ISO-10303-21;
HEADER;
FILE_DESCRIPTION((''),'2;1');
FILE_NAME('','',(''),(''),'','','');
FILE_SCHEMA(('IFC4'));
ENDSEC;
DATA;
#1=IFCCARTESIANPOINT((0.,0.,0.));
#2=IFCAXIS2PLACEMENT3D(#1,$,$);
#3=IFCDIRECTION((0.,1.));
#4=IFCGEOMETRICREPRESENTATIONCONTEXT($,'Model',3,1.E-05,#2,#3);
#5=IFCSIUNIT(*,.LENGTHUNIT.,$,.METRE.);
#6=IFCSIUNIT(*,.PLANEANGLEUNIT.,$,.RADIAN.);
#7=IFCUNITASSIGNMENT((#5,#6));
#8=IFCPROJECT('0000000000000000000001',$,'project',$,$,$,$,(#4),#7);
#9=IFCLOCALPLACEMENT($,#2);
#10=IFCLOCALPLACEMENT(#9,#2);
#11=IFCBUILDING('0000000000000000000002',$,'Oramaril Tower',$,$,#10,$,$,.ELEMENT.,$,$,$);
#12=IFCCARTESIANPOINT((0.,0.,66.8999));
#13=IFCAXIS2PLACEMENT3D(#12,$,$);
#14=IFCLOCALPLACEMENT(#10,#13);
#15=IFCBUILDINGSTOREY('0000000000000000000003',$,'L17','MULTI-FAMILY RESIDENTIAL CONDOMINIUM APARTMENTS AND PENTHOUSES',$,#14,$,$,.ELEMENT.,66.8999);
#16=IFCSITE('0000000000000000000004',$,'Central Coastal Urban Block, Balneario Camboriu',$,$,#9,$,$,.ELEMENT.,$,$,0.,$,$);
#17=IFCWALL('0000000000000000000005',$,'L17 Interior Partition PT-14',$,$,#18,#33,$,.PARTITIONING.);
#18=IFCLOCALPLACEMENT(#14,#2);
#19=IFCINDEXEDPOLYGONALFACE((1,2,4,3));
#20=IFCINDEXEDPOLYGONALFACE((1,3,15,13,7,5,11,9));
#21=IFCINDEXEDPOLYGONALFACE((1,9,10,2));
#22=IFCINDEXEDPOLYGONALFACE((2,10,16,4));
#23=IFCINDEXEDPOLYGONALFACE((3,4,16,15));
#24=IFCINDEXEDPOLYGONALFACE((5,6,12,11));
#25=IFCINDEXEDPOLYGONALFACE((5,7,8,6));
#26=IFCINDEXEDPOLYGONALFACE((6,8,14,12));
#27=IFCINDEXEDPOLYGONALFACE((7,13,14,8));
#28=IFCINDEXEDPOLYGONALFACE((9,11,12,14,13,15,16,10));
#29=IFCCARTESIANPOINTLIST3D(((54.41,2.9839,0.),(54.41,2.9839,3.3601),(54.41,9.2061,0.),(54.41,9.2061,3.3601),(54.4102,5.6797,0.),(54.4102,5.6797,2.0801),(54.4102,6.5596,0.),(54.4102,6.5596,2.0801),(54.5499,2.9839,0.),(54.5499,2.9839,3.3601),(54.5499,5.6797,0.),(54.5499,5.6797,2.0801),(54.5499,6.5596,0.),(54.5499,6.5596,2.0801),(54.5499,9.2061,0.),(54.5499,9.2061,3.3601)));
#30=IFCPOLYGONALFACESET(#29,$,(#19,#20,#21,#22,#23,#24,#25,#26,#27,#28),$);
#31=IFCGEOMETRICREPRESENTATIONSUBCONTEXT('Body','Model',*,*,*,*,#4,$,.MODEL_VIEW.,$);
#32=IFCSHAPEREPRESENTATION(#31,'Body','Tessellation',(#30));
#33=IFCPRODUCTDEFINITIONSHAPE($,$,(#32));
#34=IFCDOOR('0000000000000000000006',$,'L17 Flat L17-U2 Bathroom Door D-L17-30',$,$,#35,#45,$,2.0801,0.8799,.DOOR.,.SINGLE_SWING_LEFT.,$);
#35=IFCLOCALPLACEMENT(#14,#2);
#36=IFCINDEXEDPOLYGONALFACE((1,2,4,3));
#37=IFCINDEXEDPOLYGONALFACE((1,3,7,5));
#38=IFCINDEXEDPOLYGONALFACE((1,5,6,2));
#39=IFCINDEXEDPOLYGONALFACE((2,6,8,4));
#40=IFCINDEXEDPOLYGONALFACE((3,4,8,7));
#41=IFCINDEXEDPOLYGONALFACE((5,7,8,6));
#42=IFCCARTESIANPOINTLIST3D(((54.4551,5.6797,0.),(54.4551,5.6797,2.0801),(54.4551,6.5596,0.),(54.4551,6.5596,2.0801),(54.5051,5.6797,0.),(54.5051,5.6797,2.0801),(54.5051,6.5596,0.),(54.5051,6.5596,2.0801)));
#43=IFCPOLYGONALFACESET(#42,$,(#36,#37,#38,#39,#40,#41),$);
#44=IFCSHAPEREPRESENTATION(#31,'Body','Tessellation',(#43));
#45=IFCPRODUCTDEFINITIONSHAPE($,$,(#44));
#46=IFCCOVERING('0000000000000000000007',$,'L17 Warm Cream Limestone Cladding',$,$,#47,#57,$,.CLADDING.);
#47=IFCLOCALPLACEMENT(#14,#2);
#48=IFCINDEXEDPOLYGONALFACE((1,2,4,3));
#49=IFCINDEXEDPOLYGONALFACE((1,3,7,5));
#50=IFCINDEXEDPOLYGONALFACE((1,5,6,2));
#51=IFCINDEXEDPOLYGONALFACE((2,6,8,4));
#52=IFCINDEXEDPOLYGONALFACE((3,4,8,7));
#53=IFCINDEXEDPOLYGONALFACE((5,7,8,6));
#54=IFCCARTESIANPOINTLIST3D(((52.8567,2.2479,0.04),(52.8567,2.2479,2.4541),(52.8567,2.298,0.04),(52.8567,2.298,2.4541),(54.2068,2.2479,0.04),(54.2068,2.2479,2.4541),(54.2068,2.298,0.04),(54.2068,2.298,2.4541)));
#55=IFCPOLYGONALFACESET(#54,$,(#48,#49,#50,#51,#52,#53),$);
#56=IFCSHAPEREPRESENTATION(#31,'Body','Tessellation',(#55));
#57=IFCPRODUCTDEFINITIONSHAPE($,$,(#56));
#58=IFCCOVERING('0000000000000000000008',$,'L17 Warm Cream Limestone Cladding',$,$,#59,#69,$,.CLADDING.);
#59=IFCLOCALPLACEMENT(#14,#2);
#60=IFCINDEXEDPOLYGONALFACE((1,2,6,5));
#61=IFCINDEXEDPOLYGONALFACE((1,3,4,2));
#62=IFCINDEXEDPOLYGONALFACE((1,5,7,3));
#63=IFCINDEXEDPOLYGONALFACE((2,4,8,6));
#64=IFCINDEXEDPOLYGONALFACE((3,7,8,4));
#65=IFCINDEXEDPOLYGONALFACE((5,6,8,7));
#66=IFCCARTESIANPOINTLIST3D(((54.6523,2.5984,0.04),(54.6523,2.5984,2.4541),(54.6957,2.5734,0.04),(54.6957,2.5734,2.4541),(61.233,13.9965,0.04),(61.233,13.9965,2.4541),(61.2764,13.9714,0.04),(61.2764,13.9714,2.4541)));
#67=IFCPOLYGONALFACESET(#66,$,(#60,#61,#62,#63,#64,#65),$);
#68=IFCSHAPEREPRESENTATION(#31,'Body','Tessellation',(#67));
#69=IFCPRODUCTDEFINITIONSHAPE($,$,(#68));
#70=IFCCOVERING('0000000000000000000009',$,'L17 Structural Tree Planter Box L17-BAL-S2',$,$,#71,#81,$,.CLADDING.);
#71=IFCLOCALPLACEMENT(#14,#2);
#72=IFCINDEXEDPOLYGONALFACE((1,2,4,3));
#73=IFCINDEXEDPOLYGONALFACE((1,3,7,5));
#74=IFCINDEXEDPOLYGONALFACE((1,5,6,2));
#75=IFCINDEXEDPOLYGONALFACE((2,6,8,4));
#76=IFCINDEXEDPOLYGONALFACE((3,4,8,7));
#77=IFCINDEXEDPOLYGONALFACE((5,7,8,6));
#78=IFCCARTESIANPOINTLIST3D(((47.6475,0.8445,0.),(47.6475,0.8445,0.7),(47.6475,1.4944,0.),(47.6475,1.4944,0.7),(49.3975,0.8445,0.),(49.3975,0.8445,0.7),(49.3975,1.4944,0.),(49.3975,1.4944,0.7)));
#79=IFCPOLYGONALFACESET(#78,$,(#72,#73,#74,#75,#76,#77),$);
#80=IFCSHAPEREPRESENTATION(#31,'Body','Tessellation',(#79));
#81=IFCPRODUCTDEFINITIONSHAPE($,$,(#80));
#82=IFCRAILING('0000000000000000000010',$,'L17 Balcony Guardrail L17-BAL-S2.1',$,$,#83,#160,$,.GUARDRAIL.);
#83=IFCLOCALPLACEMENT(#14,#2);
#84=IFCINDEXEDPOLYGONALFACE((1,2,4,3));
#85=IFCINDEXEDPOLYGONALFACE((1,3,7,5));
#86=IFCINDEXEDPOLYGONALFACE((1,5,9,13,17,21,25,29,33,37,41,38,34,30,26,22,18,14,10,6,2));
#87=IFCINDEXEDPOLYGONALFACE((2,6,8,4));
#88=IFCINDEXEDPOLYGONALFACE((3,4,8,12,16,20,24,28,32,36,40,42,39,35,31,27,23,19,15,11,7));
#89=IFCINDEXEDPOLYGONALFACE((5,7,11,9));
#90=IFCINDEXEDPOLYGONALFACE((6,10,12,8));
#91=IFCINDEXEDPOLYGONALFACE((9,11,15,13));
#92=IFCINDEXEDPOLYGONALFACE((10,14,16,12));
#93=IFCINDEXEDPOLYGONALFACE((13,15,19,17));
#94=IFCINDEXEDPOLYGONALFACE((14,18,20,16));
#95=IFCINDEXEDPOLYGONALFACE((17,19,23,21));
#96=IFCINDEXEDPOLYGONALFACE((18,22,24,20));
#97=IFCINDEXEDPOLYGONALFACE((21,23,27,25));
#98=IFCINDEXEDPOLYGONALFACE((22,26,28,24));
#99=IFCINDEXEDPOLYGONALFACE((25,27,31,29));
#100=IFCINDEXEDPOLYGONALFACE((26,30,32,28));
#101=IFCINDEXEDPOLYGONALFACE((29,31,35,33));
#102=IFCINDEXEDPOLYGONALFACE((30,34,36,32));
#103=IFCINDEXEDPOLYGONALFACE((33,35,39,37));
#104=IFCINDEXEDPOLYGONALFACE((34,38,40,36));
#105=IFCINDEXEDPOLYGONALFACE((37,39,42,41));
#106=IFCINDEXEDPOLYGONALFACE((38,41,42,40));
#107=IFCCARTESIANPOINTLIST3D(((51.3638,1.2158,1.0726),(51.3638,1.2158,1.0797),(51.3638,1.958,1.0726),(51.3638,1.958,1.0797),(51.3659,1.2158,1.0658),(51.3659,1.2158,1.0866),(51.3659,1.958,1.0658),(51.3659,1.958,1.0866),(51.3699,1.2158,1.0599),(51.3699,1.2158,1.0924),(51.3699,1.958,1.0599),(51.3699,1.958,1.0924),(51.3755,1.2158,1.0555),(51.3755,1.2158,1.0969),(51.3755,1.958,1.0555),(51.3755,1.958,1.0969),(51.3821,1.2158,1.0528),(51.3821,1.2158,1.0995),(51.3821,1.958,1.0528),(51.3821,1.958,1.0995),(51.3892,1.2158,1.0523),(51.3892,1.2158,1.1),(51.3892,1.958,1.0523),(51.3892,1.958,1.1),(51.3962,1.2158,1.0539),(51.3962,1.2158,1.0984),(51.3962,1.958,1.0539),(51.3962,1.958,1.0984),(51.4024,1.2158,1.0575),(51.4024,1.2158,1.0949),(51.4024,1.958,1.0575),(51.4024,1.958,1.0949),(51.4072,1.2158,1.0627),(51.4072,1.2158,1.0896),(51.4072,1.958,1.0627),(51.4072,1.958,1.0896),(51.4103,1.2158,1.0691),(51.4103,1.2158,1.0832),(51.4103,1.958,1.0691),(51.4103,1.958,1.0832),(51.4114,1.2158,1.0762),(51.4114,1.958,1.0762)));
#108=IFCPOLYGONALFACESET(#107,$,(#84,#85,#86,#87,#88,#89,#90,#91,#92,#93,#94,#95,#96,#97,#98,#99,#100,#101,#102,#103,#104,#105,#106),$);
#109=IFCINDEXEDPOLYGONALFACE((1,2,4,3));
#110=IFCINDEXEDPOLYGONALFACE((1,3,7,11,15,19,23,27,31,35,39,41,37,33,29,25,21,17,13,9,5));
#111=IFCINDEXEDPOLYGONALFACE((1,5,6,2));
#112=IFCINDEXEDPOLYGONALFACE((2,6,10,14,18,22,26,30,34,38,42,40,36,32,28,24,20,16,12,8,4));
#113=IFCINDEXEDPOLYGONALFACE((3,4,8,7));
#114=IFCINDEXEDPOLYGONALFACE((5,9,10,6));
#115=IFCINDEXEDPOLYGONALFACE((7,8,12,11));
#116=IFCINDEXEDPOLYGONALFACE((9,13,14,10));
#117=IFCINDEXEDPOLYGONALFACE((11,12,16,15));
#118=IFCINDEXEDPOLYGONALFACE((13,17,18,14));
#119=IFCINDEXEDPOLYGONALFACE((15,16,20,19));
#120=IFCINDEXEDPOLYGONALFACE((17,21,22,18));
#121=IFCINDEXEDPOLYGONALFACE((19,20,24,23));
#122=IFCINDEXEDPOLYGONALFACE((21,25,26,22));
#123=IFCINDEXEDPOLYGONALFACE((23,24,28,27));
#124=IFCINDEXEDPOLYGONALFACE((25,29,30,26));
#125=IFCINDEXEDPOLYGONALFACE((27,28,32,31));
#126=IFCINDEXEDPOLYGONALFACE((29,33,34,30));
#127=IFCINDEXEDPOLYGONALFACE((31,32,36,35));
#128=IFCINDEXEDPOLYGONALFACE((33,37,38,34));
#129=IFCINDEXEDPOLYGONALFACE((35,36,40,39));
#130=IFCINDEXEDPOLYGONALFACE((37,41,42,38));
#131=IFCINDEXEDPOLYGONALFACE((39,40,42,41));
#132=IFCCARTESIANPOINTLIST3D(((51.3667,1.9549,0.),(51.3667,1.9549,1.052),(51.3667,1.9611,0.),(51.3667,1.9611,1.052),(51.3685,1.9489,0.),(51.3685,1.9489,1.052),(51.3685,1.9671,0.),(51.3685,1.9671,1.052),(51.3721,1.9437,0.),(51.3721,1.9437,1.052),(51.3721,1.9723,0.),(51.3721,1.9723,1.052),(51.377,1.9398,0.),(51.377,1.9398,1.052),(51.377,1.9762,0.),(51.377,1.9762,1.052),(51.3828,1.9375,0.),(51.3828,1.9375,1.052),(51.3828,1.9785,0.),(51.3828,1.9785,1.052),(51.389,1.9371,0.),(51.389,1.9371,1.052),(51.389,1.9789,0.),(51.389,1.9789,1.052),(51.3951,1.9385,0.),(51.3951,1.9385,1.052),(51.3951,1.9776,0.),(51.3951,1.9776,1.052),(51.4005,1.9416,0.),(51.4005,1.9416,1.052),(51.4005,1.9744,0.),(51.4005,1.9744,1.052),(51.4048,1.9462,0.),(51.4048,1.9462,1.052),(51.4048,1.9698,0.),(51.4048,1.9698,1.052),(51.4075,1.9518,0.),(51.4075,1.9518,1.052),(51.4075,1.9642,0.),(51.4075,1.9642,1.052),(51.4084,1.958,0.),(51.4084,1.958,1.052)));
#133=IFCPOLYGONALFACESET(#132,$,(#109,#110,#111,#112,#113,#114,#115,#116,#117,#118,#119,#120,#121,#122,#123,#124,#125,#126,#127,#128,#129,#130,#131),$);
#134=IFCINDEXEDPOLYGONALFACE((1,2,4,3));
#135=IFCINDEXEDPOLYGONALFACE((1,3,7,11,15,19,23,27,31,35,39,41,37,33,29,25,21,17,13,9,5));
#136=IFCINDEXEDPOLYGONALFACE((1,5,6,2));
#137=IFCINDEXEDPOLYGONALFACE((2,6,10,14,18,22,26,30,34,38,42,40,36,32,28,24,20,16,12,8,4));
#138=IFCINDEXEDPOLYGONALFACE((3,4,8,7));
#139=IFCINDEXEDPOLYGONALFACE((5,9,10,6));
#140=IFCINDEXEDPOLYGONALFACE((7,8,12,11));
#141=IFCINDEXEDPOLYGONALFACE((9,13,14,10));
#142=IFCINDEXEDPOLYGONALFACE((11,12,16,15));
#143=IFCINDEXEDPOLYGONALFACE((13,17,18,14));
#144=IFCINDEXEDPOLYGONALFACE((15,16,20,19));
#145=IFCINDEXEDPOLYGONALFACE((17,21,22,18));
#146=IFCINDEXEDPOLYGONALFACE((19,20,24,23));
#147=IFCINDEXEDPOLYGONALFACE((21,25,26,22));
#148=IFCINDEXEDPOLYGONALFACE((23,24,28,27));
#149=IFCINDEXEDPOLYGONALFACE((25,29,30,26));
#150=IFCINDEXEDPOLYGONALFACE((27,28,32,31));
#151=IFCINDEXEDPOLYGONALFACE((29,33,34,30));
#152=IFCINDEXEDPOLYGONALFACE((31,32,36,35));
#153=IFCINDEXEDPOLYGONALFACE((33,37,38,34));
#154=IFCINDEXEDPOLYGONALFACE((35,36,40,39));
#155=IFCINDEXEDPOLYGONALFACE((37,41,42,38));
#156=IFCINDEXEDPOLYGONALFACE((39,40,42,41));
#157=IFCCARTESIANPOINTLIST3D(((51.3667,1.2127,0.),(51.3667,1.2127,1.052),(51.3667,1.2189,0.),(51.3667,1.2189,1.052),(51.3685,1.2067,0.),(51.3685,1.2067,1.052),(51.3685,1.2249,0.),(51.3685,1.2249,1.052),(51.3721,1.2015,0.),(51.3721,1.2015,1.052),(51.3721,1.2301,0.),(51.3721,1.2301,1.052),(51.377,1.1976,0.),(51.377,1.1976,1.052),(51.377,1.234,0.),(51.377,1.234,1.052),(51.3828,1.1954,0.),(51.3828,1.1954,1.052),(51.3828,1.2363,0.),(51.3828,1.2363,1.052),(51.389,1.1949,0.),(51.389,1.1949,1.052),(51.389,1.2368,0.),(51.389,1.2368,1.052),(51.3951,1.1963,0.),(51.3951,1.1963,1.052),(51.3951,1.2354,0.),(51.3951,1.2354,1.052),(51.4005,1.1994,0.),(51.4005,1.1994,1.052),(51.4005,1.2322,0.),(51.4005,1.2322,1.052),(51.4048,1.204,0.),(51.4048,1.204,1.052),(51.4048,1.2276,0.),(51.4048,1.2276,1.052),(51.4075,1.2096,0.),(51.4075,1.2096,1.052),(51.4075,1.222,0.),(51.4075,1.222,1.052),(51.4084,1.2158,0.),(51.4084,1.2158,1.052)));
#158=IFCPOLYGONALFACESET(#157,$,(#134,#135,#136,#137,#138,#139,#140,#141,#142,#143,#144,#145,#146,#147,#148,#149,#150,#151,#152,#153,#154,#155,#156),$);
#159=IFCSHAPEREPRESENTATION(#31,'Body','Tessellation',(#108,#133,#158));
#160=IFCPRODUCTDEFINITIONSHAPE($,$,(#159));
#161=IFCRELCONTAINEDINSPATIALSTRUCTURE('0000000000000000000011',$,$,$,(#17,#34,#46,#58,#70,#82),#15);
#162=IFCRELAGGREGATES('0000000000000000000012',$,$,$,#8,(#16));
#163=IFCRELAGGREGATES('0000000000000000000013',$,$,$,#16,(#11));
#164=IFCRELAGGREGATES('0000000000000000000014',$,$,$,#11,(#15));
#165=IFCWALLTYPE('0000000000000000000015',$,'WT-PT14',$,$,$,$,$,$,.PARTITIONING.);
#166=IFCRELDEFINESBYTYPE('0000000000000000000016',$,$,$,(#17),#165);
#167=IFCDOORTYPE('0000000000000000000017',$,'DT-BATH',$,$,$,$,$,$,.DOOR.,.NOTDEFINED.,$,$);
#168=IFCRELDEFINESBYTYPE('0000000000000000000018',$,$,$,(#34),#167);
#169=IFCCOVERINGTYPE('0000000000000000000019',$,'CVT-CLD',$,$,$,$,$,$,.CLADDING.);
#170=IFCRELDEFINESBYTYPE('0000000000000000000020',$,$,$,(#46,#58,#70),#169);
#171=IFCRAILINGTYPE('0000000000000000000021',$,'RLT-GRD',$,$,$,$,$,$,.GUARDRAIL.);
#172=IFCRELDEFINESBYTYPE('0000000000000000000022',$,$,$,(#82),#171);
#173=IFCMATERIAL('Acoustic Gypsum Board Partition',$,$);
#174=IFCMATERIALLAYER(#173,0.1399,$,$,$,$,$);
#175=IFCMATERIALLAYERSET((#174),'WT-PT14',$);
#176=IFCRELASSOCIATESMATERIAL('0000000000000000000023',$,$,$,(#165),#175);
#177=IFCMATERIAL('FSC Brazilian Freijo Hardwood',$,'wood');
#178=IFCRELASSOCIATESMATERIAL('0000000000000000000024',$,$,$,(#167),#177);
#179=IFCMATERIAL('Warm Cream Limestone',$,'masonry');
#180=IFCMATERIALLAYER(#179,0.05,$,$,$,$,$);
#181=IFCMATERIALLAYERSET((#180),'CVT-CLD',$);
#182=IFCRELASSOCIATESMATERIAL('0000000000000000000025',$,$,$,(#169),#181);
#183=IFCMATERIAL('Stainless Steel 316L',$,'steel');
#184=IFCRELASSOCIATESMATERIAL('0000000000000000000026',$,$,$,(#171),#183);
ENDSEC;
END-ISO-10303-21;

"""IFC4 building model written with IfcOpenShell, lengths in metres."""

from ifc_helpers import new_model, si_unit, direction, frame, frame_2d, origin, origin_2d, place, context, subcontext, project, spatial, rectangle, circle, extrude, material, layer, layer_set, type_object, element, fill, save


model = new_model("IFC4")

# Units and contexts
model_context = context("Model", 3, precision=1e-05, world=origin(), true_north=direction((0.0, 1.0)))
body_context = subcontext(model_context, "Body", "Model", "MODEL_VIEW")
ifc_project = project(units=[si_unit("LENGTHUNIT", "METRE"), si_unit("PLANEANGLEUNIT", "RADIAN")], contexts=[model_context])

# Site, building, storey
site_placement = place(None, origin())
site = spatial("IfcSite", under=ifc_project, at=site_placement, Name="Central Coastal Urban Block, Balneario Camboriu", CompositionType="ELEMENT", RefElevation=0.0)
building_placement = place(site_placement, origin())
building = spatial("IfcBuilding", under=site, at=building_placement, Name="Oramaril Tower", CompositionType="ELEMENT")
storey_placement = place(building_placement, frame((0.0, 0.0, 66.8999)))
storey = spatial("IfcBuildingStorey", under=building, at=storey_placement, Name="L17", Description="MULTI-FAMILY RESIDENTIAL CONDOMINIUM APARTMENTS AND PENTHOUSES", CompositionType="ELEMENT", Elevation=66.8999)

# Wall, opening, door
ifc_material_1 = material(Name="Acoustic Gypsum Board Partition")
ifc_layer_1 = layer(ifc_material_1, 0.1399)
ifc_layer_set_1 = layer_set([ifc_layer_1], Name="WT-PT14")
wall_type_1 = type_object("IfcWallType", Name="WT-PT14", PredefinedType="PARTITIONING", material=ifc_layer_set_1)
wall_1_placement = place(storey_placement, frame((54.48, 2.9839, 0.0), z_axis=(0.0, 0.0, 1.0), x_axis=(0.0, 1.0, 0.0)))
wall_1 = element("IfcWall", 1, at=wall_1_placement, inside=storey, type_object=wall_type_1, Name="L17 Interior Partition PT-14", PredefinedType="PARTITIONING", context=body_context, shape_type="SweptSolid", body=[
    extrude(rectangle(XDim=6.2222, YDim=0.1399, at=frame_2d((3.1111, 0.0))), origin(), (0.0, 0.0, 1.0), 3.3601),
])
opening_1_placement = place(wall_1_placement, frame((2.6958, 0.0, 0.0)))
opening_1 = element("IfcOpeningElement", 2, at=opening_1_placement, cuts=wall_1, PredefinedType="OPENING", context=body_context, shape_type="SweptSolid", body=[
    extrude(rectangle(XDim=0.8799, YDim=2.0801, at=frame_2d((0.4399, 1.04))), frame((0.0, 0.0698, 0.0), z_axis=(0.0, -1.0, 0.0), x_axis=(1.0, 0.0, 0.0)), (0.0, 0.0, 1.0), 0.1399),
])
ifc_material_2 = material(Name="FSC Brazilian Freijo Hardwood", Category="wood")
door_type = type_object("IfcDoorType", Name="DT-BATH", OperationType="NOTDEFINED", PredefinedType="DOOR", material=ifc_material_2)
door_placement = place(opening_1_placement, origin())
door = element("IfcDoor", 3, at=door_placement, inside=storey, type_object=door_type, Name="L17 Flat L17-U2 Bathroom Door D-L17-30", OperationType="SINGLE_SWING_LEFT", OverallHeight=2.0801, OverallWidth=0.8799, PredefinedType="DOOR", context=body_context, shape_type="SweptSolid", body=[
    extrude(rectangle(XDim=0.8799, YDim=2.0801, at=frame_2d((0.4399, 1.04))), frame((0.0, 0.0249, 0.0), z_axis=(0.0, -1.0, 0.0), x_axis=(1.0, 0.0, 0.0)), (0.0, 0.0, 1.0), 0.05),
])
fill(opening_1, door)

# Coverings
ifc_material_3 = material(Name="Warm Cream Limestone", Category="masonry")
ifc_layer_2 = layer(ifc_material_3, 0.05)
ifc_layer_set_2 = layer_set([ifc_layer_2], Name="CVT-CLD")
covering_type = type_object("IfcCoveringType", Name="CVT-CLD", PredefinedType="CLADDING", material=ifc_layer_set_2)
covering_1_placement = place(storey_placement, frame((53.5317, 2.2729, 0.04), z_axis=(0.0, 0.0, 1.0), x_axis=(1.0, 0.0, 0.0)))
element("IfcCovering", 4, at=covering_1_placement, inside=storey, type_object=covering_type, Name="L17 Warm Cream Limestone Cladding", PredefinedType="CLADDING", context=body_context, shape_type="SweptSolid", body=[
    extrude(rectangle(XDim=1.3501, YDim=0.05, at=origin_2d()), origin(), (0.0, 0.0, 1.0), 2.4141),
])
covering_2_placement = place(storey_placement, frame((57.9644, 8.2849, 0.04), z_axis=(0.0, 0.0, 1.0), x_axis=(0.5, 0.866025, 0.0)))
element("IfcCovering", 5, at=covering_2_placement, inside=storey, type_object=covering_type, Name="L17 Warm Cream Limestone Cladding", PredefinedType="CLADDING", context=body_context, shape_type="SweptSolid", body=[
    extrude(rectangle(XDim=13.1614, YDim=0.05, at=origin_2d()), origin(), (0.0, 0.0, 1.0), 2.4141),
])
covering_3_placement = place(storey_placement, frame((48.5225, 1.1694, 0.0), z_axis=(0.0, 0.0, 1.0), x_axis=(1.0, 0.0, 0.0)))
element("IfcCovering", 6, at=covering_3_placement, inside=storey, type_object=covering_type, Name="L17 Structural Tree Planter Box L17-BAL-S2", PredefinedType="CLADDING", context=body_context, shape_type="SweptSolid", body=[
    extrude(rectangle(XDim=1.75, YDim=0.6499, at=origin_2d()), origin(), (0.0, 0.0, 1.0), 0.7),
])

# Railing
ifc_material_4 = material(Name="Stainless Steel 316L", Category="steel")
railing_type = type_object("IfcRailingType", Name="RLT-GRD", PredefinedType="GUARDRAIL", material=ifc_material_4)
railing_1_placement = place(storey_placement, frame((51.3875, 1.958, 0.0)))
element("IfcRailing", 7, at=railing_1_placement, inside=storey, type_object=railing_type, Name="L17 Balcony Guardrail L17-BAL-S2.1", PredefinedType="GUARDRAIL", context=body_context, shape_type="SweptSolid", body=[
    extrude(circle(Radius=0.0239, at=origin_2d()), frame((0.0, 0.0, 1.0762), z_axis=(0.0, -1.0, 0.0), x_axis=(1.0, 0.0, 0.0)), (0.0, 0.0, 1.0), 0.7422),
    extrude(circle(Radius=0.021, at=origin_2d()), origin(), (0.0, 0.0, 1.0), 1.052),
    extrude(circle(Radius=0.021, at=origin_2d()), frame((0.0, -0.7422, 0.0)), (0.0, 0.0, 1.0), 1.052),
])

save(model, "model.ifc")
